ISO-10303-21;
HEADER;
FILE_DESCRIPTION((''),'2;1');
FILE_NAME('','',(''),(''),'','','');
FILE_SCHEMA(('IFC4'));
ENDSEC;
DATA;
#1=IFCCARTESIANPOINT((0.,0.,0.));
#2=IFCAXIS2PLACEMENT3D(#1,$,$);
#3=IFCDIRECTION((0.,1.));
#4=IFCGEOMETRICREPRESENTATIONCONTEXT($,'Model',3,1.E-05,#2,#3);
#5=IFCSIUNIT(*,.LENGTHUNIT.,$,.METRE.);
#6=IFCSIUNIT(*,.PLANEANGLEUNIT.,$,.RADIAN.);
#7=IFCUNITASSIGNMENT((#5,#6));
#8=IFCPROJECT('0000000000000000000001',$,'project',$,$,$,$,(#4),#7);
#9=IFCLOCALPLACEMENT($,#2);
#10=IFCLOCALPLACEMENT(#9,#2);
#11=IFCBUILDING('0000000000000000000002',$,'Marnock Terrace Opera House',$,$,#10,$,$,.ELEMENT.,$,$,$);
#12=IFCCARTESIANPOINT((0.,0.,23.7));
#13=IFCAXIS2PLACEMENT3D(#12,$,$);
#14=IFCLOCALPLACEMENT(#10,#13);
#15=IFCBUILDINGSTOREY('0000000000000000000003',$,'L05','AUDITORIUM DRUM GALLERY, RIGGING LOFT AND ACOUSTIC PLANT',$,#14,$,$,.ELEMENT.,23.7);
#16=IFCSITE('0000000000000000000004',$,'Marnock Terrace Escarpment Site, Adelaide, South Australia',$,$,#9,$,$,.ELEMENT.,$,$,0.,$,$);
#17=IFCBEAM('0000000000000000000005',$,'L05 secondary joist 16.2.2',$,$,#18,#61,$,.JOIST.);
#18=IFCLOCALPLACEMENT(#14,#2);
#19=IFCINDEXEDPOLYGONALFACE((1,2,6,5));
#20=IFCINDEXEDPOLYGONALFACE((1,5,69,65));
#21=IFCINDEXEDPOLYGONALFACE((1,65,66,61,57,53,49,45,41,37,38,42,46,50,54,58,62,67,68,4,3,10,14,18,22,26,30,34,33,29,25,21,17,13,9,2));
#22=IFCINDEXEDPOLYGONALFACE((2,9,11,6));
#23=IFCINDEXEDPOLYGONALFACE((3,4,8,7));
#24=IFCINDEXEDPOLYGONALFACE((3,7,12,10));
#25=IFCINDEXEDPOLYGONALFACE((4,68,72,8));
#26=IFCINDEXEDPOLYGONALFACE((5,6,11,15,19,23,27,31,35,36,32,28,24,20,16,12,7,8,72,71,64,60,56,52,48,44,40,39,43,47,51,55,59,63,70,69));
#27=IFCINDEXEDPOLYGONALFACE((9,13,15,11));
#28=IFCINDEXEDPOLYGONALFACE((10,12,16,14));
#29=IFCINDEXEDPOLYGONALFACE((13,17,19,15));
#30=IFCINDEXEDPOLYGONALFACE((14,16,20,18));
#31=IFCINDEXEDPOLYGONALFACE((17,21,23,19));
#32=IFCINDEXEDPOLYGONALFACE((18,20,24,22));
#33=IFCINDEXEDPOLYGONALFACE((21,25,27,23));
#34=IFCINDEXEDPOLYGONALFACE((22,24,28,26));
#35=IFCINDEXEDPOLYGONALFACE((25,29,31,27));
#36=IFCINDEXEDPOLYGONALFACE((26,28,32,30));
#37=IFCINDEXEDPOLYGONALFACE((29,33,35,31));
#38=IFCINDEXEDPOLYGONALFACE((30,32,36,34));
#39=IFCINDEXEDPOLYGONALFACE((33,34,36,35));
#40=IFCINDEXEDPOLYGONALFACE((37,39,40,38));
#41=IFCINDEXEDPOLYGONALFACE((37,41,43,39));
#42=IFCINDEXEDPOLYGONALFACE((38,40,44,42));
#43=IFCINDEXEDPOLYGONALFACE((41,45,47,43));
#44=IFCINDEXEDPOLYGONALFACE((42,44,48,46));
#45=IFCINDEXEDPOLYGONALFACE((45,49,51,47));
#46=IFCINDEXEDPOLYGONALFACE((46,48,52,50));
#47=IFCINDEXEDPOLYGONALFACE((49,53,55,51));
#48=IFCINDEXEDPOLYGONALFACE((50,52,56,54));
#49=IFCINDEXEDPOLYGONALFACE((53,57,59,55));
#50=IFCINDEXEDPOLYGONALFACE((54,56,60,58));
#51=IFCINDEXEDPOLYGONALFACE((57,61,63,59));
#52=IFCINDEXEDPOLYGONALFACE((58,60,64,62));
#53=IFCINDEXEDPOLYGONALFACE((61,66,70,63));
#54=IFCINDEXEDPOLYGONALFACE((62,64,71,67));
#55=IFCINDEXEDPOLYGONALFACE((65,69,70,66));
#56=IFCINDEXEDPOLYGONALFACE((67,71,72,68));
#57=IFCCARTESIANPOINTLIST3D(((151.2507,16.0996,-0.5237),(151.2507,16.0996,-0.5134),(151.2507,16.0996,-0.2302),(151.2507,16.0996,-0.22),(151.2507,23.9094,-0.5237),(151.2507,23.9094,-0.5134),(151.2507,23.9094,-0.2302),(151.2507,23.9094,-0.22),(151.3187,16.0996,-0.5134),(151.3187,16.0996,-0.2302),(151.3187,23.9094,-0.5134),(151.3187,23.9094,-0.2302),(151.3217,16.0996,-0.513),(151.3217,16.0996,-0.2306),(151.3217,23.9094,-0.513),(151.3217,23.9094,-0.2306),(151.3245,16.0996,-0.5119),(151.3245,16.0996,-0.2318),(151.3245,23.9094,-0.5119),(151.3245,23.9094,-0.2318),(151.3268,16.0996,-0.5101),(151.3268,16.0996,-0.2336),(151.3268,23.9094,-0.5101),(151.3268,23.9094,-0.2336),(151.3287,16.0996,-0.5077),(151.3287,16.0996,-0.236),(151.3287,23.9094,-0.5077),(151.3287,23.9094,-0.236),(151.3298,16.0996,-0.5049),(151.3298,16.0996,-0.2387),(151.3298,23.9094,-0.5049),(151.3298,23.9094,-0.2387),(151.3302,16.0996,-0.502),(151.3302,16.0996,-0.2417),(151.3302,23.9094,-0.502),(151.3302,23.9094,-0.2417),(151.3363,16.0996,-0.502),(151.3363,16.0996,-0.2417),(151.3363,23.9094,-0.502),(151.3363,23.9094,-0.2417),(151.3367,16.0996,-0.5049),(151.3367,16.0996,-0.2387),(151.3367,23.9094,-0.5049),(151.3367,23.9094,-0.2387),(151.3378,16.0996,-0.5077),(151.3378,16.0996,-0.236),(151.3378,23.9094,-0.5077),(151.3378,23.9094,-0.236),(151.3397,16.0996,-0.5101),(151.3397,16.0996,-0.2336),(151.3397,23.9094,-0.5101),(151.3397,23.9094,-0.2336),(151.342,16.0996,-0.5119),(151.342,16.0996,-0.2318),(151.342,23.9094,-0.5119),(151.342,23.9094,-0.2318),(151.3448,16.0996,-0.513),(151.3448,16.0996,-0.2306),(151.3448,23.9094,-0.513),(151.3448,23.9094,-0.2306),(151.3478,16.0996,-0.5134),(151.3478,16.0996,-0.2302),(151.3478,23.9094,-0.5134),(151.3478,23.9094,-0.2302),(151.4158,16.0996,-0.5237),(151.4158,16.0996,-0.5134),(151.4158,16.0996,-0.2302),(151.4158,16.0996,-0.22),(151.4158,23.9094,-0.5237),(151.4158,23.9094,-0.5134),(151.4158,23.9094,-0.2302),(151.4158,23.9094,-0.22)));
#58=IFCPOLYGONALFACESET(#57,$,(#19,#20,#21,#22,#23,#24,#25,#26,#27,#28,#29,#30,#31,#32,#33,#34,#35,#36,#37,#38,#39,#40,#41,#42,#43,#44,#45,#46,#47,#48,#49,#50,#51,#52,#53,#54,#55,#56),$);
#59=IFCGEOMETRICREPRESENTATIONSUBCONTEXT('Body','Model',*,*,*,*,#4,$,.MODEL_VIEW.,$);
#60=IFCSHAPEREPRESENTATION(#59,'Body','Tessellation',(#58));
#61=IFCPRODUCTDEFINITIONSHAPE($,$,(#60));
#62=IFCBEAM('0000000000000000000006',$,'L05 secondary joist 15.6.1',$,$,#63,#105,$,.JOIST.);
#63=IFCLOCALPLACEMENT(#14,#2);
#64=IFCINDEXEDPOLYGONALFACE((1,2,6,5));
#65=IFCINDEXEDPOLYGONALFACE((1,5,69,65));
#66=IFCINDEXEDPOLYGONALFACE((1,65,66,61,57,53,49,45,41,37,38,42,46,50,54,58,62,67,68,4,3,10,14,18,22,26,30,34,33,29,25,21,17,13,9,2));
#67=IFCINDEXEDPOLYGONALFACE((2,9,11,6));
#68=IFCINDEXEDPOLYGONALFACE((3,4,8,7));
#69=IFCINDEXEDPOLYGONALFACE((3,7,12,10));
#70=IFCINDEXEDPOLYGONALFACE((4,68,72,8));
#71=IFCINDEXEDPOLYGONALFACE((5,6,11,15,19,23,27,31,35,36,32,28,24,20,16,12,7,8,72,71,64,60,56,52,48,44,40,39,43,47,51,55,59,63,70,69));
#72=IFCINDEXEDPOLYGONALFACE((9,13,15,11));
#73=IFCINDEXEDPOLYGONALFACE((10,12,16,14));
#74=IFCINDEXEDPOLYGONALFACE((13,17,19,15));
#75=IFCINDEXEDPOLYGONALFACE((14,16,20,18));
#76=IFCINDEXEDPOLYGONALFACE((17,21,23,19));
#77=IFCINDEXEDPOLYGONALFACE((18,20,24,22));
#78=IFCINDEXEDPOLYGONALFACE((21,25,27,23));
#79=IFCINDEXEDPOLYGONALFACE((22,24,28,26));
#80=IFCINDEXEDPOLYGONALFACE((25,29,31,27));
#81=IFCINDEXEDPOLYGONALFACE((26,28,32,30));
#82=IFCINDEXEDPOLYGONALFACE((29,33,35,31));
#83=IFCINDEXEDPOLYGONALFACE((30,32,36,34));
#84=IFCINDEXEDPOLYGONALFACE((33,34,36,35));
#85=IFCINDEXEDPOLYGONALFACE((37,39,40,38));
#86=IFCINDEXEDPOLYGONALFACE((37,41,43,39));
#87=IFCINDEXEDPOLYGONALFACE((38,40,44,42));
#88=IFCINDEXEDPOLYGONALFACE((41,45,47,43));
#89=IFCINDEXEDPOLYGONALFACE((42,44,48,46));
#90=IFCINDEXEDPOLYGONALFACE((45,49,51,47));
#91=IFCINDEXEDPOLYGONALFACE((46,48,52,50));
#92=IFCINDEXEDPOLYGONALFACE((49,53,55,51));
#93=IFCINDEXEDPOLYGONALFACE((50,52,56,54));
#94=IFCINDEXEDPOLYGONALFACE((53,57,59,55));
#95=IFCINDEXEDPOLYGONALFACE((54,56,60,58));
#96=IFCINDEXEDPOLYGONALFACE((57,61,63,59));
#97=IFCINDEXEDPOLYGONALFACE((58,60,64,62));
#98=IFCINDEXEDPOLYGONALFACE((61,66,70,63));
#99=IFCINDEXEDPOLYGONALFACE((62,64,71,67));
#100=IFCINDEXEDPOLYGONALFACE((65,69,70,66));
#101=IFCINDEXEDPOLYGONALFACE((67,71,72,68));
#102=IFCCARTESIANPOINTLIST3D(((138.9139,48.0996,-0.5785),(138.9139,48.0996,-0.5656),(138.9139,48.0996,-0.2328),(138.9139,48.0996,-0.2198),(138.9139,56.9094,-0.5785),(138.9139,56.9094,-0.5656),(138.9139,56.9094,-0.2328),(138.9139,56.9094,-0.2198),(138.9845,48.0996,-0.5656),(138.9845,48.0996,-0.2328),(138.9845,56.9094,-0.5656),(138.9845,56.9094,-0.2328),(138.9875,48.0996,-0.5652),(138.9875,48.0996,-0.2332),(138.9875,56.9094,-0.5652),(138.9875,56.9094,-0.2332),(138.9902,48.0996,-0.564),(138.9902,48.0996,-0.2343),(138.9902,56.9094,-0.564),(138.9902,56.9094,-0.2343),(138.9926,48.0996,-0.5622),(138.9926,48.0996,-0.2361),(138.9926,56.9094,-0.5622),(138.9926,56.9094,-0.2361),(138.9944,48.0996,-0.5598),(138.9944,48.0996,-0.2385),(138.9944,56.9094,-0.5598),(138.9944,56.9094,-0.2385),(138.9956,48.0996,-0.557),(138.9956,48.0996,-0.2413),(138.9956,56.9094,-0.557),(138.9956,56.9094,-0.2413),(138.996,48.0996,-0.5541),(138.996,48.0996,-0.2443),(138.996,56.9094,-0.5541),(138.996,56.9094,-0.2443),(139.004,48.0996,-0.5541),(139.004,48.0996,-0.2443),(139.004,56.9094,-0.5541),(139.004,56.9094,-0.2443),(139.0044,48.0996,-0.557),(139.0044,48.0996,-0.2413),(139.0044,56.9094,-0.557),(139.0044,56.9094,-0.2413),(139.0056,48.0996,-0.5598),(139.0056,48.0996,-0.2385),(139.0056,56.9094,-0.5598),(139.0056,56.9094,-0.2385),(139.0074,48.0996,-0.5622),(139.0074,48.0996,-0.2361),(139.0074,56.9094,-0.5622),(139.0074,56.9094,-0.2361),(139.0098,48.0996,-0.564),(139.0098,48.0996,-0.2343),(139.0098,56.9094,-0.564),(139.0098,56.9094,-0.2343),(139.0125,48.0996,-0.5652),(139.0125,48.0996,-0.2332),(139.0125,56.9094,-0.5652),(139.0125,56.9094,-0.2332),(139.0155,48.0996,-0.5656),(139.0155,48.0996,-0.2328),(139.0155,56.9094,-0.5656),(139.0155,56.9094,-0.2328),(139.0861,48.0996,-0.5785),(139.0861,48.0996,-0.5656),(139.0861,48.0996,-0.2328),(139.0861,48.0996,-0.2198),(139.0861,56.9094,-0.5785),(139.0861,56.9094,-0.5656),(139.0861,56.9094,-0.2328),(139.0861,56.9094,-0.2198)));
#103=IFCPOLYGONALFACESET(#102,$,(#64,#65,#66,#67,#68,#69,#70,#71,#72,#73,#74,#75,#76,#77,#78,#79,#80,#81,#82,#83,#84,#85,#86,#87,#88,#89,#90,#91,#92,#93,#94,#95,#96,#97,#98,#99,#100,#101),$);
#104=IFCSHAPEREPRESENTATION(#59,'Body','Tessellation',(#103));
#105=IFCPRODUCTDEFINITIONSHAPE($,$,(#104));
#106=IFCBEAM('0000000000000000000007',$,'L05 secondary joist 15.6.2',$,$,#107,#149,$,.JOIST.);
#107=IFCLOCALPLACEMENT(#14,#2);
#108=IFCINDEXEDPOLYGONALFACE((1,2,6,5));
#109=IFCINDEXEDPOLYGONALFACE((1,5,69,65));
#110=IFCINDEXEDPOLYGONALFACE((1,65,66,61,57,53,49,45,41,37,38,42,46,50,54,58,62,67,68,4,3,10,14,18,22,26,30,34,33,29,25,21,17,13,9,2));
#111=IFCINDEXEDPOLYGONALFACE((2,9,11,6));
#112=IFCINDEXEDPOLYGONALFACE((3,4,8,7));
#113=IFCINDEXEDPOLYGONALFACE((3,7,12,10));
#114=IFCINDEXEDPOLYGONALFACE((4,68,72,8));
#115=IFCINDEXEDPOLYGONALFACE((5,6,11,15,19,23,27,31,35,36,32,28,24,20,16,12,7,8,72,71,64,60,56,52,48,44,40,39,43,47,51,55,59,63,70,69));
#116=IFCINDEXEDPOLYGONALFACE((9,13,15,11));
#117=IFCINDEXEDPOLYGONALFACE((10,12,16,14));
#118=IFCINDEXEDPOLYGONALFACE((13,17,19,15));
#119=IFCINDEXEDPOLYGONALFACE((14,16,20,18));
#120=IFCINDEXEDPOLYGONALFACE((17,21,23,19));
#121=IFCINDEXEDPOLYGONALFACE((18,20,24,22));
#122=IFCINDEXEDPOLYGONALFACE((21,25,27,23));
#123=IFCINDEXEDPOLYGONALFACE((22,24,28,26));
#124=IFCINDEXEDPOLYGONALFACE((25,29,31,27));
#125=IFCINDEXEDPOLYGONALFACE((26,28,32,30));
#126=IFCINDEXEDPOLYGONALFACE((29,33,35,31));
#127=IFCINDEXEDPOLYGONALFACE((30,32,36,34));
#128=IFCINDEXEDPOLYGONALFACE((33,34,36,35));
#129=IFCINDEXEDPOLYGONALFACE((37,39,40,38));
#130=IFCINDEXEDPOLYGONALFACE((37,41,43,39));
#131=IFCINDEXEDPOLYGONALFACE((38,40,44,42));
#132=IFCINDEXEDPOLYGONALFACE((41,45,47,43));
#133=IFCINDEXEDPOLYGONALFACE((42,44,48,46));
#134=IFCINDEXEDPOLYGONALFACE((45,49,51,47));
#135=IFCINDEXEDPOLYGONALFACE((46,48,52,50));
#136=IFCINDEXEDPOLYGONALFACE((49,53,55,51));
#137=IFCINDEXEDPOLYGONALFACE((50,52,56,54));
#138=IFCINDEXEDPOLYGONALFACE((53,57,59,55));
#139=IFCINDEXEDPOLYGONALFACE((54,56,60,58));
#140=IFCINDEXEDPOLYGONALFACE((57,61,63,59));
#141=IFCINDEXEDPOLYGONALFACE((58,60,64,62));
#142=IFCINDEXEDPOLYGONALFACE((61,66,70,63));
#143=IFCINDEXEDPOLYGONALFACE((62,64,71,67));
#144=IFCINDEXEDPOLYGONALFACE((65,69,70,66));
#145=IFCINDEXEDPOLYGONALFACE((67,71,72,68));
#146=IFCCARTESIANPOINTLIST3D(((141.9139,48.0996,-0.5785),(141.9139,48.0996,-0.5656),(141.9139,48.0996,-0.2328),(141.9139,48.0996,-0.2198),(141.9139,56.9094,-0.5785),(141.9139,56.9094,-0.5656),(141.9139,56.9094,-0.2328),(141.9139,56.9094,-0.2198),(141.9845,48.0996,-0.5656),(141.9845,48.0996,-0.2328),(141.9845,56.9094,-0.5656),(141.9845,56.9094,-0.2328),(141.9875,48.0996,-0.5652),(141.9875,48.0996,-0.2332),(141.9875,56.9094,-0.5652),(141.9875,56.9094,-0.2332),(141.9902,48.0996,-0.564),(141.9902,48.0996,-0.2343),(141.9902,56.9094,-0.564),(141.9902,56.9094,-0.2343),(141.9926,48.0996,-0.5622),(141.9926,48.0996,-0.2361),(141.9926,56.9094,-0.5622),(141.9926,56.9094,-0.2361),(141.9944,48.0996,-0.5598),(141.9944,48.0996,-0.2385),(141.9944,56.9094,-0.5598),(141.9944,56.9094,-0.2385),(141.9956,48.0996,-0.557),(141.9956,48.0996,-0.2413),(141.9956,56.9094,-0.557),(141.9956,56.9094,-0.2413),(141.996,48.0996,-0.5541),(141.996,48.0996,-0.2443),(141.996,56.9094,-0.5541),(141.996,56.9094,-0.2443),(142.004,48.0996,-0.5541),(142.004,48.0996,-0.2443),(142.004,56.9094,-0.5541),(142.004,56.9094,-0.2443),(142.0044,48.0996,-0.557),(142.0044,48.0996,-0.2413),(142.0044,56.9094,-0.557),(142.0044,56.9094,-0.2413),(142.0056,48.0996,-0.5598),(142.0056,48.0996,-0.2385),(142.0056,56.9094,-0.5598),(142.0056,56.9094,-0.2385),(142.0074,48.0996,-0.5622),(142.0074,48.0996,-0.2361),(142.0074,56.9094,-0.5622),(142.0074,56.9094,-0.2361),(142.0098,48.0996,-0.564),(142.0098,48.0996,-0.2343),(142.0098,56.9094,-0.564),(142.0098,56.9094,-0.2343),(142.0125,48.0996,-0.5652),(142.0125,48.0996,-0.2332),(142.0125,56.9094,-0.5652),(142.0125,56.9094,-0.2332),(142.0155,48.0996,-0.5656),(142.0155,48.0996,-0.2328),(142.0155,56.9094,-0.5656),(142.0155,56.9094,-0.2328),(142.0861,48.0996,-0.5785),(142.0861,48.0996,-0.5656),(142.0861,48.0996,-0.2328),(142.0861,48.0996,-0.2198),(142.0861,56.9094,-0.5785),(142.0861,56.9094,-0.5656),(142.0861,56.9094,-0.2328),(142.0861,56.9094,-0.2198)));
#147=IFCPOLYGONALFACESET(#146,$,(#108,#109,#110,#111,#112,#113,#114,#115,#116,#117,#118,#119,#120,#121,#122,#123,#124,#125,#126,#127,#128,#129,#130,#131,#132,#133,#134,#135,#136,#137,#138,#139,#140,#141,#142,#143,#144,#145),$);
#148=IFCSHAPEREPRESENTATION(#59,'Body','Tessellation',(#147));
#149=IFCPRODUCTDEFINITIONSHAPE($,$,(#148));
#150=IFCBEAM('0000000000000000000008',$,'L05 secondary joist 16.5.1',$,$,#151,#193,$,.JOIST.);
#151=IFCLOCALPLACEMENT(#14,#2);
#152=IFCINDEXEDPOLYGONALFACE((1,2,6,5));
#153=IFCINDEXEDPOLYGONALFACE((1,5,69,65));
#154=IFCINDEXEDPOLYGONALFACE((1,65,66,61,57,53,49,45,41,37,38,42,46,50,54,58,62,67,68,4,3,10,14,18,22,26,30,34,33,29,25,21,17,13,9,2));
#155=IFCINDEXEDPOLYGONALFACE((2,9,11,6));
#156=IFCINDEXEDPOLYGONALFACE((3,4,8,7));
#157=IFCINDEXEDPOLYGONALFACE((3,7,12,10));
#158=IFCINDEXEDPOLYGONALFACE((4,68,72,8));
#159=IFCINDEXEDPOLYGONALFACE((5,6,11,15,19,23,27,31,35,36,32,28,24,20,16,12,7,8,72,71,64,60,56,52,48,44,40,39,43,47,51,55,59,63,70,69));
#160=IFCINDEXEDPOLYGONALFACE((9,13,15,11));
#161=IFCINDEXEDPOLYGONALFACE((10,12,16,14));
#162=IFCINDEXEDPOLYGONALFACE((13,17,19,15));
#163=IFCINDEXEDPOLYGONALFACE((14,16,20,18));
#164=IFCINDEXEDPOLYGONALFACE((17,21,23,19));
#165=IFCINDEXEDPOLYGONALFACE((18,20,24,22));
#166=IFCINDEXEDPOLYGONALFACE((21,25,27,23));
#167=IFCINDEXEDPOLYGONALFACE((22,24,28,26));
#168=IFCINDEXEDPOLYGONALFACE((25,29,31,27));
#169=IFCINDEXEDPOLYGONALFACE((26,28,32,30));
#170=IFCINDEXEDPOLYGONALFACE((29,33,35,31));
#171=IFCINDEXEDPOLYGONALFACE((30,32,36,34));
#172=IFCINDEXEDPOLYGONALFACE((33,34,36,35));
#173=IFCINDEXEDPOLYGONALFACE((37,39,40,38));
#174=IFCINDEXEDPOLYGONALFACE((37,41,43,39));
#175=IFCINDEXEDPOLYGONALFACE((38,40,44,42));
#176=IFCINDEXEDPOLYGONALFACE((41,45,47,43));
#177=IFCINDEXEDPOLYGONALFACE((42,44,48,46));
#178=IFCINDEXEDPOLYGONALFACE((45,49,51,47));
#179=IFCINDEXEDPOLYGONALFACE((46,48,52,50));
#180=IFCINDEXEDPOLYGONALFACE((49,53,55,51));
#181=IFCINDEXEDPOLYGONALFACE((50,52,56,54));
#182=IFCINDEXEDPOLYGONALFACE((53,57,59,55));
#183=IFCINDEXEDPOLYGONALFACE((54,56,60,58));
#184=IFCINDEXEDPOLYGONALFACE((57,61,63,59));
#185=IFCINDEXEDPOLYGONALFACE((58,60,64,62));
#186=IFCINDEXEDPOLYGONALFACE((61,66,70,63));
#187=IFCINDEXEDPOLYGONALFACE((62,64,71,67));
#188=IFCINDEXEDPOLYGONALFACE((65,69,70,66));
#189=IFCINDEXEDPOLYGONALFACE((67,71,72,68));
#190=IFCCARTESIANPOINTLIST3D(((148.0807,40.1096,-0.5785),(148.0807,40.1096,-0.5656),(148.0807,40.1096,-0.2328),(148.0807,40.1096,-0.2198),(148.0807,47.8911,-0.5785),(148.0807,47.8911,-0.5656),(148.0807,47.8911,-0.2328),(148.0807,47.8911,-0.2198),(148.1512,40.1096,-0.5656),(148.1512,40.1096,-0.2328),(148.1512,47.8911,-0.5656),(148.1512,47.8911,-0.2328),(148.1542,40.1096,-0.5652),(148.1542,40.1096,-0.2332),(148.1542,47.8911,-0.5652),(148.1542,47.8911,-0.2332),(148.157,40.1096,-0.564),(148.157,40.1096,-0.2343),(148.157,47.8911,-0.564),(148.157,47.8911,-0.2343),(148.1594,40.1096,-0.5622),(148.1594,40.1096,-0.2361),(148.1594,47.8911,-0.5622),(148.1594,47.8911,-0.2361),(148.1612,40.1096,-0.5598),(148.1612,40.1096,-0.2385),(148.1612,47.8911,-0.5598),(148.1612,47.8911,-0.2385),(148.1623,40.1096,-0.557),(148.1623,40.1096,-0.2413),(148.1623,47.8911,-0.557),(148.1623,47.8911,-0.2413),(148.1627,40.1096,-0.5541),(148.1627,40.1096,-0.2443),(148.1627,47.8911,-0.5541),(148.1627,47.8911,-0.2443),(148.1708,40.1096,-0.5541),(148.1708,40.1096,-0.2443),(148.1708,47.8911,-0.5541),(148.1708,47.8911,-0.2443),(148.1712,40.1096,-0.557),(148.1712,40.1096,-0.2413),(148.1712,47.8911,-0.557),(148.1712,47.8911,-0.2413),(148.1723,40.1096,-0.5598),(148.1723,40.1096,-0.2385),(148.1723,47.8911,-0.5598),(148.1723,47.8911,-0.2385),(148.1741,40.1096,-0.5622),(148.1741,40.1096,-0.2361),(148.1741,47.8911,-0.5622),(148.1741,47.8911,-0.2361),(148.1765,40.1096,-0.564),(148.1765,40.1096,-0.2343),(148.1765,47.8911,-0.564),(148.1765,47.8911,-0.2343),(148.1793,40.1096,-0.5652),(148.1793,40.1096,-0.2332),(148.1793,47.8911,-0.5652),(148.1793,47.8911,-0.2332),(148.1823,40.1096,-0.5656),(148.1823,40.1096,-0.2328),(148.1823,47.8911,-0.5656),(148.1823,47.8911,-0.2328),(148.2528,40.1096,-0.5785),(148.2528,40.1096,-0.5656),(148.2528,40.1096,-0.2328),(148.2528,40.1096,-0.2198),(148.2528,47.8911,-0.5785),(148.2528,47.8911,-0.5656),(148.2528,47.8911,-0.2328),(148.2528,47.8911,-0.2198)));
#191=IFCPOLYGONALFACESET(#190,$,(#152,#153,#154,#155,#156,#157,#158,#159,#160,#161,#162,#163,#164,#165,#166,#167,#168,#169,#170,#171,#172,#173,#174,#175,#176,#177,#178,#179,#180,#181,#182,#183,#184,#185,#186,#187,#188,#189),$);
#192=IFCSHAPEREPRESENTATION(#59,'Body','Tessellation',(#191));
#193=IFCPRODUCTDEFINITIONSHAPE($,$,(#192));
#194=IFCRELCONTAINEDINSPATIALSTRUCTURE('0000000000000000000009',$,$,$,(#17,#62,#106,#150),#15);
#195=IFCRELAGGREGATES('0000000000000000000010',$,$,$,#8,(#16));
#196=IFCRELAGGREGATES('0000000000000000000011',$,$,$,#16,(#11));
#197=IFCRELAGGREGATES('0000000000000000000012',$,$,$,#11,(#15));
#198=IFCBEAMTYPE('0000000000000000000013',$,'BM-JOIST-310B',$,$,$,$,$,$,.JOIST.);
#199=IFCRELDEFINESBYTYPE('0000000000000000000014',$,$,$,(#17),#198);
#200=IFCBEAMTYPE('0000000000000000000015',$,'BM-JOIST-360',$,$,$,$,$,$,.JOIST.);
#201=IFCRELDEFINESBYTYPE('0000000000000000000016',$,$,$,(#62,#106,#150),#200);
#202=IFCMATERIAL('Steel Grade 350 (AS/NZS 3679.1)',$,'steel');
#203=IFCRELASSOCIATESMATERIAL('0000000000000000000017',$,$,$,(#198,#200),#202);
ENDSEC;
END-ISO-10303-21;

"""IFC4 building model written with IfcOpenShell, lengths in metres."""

from ifc_helpers import new_model, si_unit, direction, frame, origin, origin_2d, place, context, subcontext, project, spatial, i_section, extrude, material, material_profile, profile_set, type_object, element, save


model = new_model("IFC4")

# Units and contexts
model_context = context("Model", 3, precision=1e-05, world=origin(), true_north=direction((0.0, 1.0)))
body_context = subcontext(model_context, "Body", "Model", "MODEL_VIEW")
ifc_project = project(units=[si_unit("LENGTHUNIT", "METRE"), si_unit("PLANEANGLEUNIT", "RADIAN")], contexts=[model_context])

# Site, building, storey
site_placement = place(None, origin())
site = spatial("IfcSite", under=ifc_project, at=site_placement, Name="Marnock Terrace Escarpment Site, Adelaide, South Australia", CompositionType="ELEMENT", RefElevation=0.0)
building_placement = place(site_placement, origin())
building = spatial("IfcBuilding", under=site, at=building_placement, Name="Marnock Terrace Opera House", CompositionType="ELEMENT")
storey_placement = place(building_placement, frame((0.0, 0.0, 23.7)))
storey = spatial("IfcBuildingStorey", under=building, at=storey_placement, Name="L05", Description="AUDITORIUM DRUM GALLERY, RIGGING LOFT AND ACOUSTIC PLANT", CompositionType="ELEMENT", Elevation=23.7)

# Beams
ifc_material_1 = material(Name="Steel Grade 350 (AS/NZS 3679.1)", Category="steel")
ifc_material_profile_1 = material_profile(ifc_material_1, i_section(OverallWidth=0.165, OverallDepth=0.3037, WebThickness=0.0061, FlangeThickness=0.0103, FilletRadius=0.0115, at=origin_2d()))
ifc_profile_set_1 = profile_set([ifc_material_profile_1], Name="Steel Grade 350 (AS/NZS 3679.1)")
beam_type_1 = type_object("IfcBeamType", Name="BM-JOIST-310B", PredefinedType="JOIST", material=ifc_profile_set_1)
for number, where, z_axis, x_axis, name in (
    (1, (151.3333, 16.0996, -0.3718), (0.0, 1.0, 0.0), (-1.0, 0.0, 0.0), "L05 secondary joist 16.2.2"),
):
    element("IfcBeam", number, at=place(storey_placement, frame(where, z_axis=z_axis, x_axis=x_axis)), inside=storey, type_object=beam_type_1, Name=name, PredefinedType="JOIST", context=body_context, shape_type="SweptSolid", body=[
        extrude(i_section(OverallWidth=0.165, OverallDepth=0.3037, WebThickness=0.0061, FlangeThickness=0.0103, FilletRadius=0.0115, at=origin_2d()), origin(), (0.0, 0.0, 1.0), 7.8098),
    ])
ifc_material_profile_2 = material_profile(ifc_material_1, i_section(OverallWidth=0.1721, OverallDepth=0.3586, WebThickness=0.0081, FlangeThickness=0.0129, FilletRadius=0.0115, at=origin_2d()))
ifc_profile_set_2 = profile_set([ifc_material_profile_2], Name="Steel Grade 350 (AS/NZS 3679.1)")
beam_type_2 = type_object("IfcBeamType", Name="BM-JOIST-360", PredefinedType="JOIST", material=ifc_profile_set_2)
for number, where, z_axis, x_axis, name in (
    (2, (139.0, 48.0996, -0.3992), (0.0, 1.0, 0.0), (-1.0, 0.0, 0.0), "L05 secondary joist 15.6.1"),
    (3, (142.0, 48.0996, -0.3992), (0.0, 1.0, 0.0), (-1.0, 0.0, 0.0), "L05 secondary joist 15.6.2"),
):
    element("IfcBeam", number, at=place(storey_placement, frame(where, z_axis=z_axis, x_axis=x_axis)), inside=storey, type_object=beam_type_2, Name=name, PredefinedType="JOIST", context=body_context, shape_type="SweptSolid", body=[
        extrude(i_section(OverallWidth=0.1721, OverallDepth=0.3586, WebThickness=0.0081, FlangeThickness=0.0129, FilletRadius=0.0115, at=origin_2d()), origin(), (0.0, 0.0, 1.0), 8.8098),
    ])
for number, where, z_axis, x_axis, name in (
    (4, (148.1667, 40.1096, -0.3992), (0.0, 1.0, 0.0), (-1.0, 0.0, 0.0), "L05 secondary joist 16.5.1"),
):
    element("IfcBeam", number, at=place(storey_placement, frame(where, z_axis=z_axis, x_axis=x_axis)), inside=storey, type_object=beam_type_2, Name=name, PredefinedType="JOIST", context=body_context, shape_type="SweptSolid", body=[
        extrude(i_section(OverallWidth=0.1721, OverallDepth=0.3586, WebThickness=0.0081, FlangeThickness=0.0129, FilletRadius=0.0115, at=origin_2d()), origin(), (0.0, 0.0, 1.0), 7.7815),
    ])

save(model, "model.ifc")
